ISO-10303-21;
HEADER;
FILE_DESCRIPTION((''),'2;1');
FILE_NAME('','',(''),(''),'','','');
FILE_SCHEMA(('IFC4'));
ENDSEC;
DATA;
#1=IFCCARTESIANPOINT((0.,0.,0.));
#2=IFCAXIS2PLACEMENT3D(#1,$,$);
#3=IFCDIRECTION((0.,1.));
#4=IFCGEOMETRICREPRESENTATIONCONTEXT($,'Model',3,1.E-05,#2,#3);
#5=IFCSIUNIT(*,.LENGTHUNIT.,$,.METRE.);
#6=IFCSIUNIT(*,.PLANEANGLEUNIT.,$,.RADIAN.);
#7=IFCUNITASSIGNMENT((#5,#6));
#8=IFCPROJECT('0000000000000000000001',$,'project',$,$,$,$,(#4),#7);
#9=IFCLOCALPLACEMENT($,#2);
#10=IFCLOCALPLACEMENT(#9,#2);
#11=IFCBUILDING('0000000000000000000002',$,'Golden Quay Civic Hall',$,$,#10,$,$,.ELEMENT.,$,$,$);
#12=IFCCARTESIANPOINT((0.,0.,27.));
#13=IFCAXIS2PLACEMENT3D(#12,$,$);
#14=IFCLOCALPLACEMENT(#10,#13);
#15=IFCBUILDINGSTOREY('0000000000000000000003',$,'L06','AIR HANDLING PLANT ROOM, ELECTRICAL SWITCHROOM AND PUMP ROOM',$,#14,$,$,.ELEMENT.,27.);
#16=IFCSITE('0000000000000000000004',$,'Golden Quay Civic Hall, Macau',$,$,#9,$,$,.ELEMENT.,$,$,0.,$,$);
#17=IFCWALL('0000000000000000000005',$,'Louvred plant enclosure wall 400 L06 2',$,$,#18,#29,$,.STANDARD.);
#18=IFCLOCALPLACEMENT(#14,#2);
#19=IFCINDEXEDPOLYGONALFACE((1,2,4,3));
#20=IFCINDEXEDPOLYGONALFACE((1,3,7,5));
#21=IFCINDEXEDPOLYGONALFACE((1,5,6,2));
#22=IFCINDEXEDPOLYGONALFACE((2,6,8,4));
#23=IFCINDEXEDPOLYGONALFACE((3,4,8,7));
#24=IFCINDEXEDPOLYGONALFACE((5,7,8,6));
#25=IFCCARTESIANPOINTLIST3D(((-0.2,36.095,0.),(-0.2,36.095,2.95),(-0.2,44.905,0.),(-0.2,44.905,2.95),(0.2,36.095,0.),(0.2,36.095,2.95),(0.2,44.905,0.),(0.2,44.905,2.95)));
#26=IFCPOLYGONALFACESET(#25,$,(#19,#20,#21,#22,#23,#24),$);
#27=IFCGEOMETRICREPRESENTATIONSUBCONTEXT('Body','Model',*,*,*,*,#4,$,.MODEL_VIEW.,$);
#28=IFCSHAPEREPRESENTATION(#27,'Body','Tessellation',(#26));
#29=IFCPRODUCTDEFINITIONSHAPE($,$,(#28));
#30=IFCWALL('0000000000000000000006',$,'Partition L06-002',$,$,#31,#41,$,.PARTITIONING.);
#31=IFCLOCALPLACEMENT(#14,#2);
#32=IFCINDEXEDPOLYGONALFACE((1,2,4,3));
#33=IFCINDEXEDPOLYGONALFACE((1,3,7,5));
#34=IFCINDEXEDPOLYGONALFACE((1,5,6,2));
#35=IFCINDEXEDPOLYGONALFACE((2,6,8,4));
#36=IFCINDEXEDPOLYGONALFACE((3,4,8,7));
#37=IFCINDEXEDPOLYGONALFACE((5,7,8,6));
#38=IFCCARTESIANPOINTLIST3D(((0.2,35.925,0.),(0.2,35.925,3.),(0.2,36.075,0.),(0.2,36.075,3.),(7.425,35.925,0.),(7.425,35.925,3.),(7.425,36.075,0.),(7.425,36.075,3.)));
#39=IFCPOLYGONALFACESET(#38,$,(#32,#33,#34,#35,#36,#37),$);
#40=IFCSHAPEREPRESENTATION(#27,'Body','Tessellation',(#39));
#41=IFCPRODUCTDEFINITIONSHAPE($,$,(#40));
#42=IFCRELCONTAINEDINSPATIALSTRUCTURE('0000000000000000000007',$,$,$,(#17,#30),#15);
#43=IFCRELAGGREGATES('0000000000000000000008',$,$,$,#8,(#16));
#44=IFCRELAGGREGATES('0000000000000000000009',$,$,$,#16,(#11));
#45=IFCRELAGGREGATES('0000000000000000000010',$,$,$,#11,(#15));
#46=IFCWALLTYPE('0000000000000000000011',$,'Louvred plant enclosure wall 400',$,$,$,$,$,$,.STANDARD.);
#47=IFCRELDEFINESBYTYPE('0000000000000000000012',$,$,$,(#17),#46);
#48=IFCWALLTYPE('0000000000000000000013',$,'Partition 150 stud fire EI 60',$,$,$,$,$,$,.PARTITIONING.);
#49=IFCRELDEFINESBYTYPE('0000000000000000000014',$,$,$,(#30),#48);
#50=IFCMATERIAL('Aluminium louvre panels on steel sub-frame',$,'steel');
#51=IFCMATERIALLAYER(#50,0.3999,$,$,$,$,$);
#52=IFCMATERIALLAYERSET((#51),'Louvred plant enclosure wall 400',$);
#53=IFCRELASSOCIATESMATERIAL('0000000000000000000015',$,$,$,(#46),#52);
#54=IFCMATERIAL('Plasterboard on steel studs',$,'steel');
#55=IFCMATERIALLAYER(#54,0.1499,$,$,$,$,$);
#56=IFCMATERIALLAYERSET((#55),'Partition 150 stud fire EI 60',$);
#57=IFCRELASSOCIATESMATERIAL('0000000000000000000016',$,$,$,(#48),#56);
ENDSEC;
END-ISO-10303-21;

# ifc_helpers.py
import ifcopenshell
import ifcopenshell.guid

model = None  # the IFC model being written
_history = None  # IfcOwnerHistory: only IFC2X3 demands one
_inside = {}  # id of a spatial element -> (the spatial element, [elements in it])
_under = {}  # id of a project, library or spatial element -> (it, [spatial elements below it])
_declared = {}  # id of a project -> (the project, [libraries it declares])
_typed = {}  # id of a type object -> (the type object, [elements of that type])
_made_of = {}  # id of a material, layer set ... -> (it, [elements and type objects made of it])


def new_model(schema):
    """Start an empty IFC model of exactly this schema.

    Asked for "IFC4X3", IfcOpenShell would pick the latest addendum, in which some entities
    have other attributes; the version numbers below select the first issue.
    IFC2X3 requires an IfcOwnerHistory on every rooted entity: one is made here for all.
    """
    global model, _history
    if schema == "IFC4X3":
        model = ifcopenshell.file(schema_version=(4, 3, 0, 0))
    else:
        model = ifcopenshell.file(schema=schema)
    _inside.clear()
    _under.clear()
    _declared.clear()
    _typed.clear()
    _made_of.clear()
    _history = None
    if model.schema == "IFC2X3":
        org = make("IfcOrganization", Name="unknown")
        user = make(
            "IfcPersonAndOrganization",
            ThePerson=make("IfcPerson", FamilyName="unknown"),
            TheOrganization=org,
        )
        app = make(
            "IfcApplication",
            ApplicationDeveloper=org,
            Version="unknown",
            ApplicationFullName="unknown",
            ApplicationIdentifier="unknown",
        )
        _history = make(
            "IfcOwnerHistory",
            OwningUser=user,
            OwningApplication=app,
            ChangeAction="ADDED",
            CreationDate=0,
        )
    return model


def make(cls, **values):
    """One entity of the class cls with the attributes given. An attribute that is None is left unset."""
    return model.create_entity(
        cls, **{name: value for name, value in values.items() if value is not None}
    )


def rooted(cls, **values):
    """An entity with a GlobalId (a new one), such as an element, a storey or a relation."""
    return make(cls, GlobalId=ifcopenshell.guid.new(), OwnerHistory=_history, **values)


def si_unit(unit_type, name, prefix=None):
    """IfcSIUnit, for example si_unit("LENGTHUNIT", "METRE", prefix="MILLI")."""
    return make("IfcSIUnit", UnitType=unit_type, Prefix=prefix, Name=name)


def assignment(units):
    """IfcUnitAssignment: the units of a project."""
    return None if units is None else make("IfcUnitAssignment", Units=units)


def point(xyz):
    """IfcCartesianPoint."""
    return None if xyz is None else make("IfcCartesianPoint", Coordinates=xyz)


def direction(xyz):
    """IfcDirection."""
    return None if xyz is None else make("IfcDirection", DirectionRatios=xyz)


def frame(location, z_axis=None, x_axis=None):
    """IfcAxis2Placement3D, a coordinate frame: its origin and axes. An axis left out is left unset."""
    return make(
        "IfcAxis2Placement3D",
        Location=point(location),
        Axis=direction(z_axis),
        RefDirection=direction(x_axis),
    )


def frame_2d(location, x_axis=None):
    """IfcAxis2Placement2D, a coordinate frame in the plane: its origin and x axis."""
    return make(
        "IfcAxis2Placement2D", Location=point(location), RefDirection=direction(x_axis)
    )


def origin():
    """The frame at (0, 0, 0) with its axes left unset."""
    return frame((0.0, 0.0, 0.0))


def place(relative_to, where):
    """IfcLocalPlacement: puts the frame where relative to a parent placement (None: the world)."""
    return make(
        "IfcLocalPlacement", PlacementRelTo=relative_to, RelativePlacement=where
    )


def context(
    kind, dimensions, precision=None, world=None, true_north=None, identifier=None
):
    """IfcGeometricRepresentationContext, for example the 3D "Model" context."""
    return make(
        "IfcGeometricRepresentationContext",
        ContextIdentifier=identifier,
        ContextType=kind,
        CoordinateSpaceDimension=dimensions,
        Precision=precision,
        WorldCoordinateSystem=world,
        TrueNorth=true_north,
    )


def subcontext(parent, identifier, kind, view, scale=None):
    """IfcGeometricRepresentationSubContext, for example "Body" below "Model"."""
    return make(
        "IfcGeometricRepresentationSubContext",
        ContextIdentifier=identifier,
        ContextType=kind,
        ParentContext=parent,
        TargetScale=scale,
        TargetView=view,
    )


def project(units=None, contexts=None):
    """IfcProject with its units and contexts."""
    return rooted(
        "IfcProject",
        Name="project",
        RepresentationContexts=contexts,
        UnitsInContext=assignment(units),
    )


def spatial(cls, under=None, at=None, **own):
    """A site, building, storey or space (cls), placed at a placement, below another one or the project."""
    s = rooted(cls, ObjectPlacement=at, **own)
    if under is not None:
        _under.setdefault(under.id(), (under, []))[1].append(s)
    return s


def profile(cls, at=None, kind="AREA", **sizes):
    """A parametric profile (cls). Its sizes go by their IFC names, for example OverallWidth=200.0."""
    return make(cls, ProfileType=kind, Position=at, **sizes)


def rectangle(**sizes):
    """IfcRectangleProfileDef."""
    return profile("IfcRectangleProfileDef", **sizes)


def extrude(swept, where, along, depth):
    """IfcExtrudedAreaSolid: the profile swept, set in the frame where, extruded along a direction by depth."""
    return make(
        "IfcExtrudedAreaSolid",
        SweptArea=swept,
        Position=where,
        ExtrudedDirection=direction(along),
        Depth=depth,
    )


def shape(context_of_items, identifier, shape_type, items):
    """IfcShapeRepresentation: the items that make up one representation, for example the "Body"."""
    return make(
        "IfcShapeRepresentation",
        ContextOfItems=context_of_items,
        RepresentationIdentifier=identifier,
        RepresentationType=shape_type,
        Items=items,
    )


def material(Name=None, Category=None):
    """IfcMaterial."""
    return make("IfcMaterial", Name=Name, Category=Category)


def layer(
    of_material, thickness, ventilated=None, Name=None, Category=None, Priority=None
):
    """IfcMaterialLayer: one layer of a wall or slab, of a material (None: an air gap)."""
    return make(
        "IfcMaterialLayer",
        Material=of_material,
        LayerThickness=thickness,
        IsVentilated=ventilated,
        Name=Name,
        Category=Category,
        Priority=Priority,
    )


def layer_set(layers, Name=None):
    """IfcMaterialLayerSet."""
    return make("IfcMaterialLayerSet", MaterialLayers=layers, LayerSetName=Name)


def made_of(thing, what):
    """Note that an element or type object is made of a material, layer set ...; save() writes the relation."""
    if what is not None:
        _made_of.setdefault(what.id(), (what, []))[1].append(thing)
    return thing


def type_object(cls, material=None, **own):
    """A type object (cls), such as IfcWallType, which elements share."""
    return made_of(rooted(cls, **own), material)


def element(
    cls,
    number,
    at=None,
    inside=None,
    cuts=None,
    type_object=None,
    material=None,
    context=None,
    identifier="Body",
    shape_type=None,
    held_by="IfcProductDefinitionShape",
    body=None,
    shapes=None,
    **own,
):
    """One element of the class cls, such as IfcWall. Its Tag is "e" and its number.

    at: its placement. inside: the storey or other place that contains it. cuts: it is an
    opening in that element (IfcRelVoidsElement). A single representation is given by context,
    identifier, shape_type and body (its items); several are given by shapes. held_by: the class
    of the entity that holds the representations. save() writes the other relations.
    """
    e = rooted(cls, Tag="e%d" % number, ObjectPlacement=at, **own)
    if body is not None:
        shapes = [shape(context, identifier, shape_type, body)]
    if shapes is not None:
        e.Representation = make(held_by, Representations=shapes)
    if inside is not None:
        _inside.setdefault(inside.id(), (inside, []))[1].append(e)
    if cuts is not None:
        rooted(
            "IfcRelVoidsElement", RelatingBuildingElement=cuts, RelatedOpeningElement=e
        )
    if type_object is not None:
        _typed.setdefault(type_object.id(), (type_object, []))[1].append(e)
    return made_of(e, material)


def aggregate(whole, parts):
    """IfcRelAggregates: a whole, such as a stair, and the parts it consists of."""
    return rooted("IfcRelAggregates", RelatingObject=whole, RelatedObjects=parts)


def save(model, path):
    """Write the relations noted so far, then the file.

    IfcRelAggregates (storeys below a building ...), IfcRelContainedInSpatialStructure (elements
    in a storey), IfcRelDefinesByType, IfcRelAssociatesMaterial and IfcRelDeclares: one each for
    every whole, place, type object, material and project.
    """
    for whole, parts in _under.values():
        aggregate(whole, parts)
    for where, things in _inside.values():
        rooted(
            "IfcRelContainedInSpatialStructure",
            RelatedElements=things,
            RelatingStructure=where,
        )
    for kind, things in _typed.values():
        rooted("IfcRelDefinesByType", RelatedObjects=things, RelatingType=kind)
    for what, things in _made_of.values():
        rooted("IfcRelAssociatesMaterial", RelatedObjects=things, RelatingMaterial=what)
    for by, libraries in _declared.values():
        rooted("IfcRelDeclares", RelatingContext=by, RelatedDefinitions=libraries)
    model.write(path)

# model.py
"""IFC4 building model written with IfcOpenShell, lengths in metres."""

from ifc_helpers import new_model, si_unit, direction, frame, frame_2d, origin, place, context, subcontext, project, spatial, rectangle, extrude, material, layer, layer_set, type_object, element, save


model = new_model("IFC4")

# Units and contexts
model_context = context("Model", 3, precision=1e-05, world=origin(), true_north=direction((0.0, 1.0)))
body_context = subcontext(model_context, "Body", "Model", "MODEL_VIEW")
ifc_project = project(units=[si_unit("LENGTHUNIT", "METRE"), si_unit("PLANEANGLEUNIT", "RADIAN")], contexts=[model_context])

# Site, building, storey
site_placement = place(None, origin())
site = spatial("IfcSite", under=ifc_project, at=site_placement, Name="Golden Quay Civic Hall, Macau", CompositionType="ELEMENT", RefElevation=0.0)
building_placement = place(site_placement, origin())
building = spatial("IfcBuilding", under=site, at=building_placement, Name="Golden Quay Civic Hall", CompositionType="ELEMENT")
storey_placement = place(building_placement, frame((0.0, 0.0, 27.0)))
storey = spatial("IfcBuildingStorey", under=building, at=storey_placement, Name="L06", Description="AIR HANDLING PLANT ROOM, ELECTRICAL SWITCHROOM AND PUMP ROOM", CompositionType="ELEMENT", Elevation=27.0)

# Walls
ifc_material_1 = material(Name="Aluminium louvre panels on steel sub-frame", Category="steel")
ifc_layer_1 = layer(ifc_material_1, 0.3999)
ifc_layer_set_1 = layer_set([ifc_layer_1], Name="Louvred plant enclosure wall 400")
wall_type_1 = type_object("IfcWallType", Name="Louvred plant enclosure wall 400", PredefinedType="STANDARD", material=ifc_layer_set_1)
wall_1_placement = place(storey_placement, frame((0.0, 36.095, 0.0), z_axis=(0.0, 0.0, 1.0), x_axis=(0.0, 1.0, 0.0)))
element("IfcWall", 1, at=wall_1_placement, inside=storey, type_object=wall_type_1, Name="Louvred plant enclosure wall 400 L06 2", PredefinedType="STANDARD", context=body_context, shape_type="SweptSolid", body=[
    extrude(rectangle(XDim=8.8101, YDim=0.3999, at=frame_2d((4.405, 0.0))), origin(), (0.0, 0.0, 1.0), 2.95),
])
ifc_material_2 = material(Name="Plasterboard on steel studs", Category="steel")
ifc_layer_2 = layer(ifc_material_2, 0.1499)
ifc_layer_set_2 = layer_set([ifc_layer_2], Name="Partition 150 stud fire EI 60")
wall_type_2 = type_object("IfcWallType", Name="Partition 150 stud fire EI 60", PredefinedType="PARTITIONING", material=ifc_layer_set_2)
wall_2_placement = place(storey_placement, frame((0.2, 36.0, 0.0), z_axis=(0.0, 0.0, 1.0), x_axis=(1.0, 0.0, 0.0)))
element("IfcWall", 2, at=wall_2_placement, inside=storey, type_object=wall_type_2, Name="Partition L06-002", PredefinedType="PARTITIONING", context=body_context, shape_type="SweptSolid", body=[
    extrude(rectangle(XDim=7.2251, YDim=0.1499, at=frame_2d((3.6125, 0.0))), origin(), (0.0, 0.0, 1.0), 3.0),
])

save(model, "model.ifc")
